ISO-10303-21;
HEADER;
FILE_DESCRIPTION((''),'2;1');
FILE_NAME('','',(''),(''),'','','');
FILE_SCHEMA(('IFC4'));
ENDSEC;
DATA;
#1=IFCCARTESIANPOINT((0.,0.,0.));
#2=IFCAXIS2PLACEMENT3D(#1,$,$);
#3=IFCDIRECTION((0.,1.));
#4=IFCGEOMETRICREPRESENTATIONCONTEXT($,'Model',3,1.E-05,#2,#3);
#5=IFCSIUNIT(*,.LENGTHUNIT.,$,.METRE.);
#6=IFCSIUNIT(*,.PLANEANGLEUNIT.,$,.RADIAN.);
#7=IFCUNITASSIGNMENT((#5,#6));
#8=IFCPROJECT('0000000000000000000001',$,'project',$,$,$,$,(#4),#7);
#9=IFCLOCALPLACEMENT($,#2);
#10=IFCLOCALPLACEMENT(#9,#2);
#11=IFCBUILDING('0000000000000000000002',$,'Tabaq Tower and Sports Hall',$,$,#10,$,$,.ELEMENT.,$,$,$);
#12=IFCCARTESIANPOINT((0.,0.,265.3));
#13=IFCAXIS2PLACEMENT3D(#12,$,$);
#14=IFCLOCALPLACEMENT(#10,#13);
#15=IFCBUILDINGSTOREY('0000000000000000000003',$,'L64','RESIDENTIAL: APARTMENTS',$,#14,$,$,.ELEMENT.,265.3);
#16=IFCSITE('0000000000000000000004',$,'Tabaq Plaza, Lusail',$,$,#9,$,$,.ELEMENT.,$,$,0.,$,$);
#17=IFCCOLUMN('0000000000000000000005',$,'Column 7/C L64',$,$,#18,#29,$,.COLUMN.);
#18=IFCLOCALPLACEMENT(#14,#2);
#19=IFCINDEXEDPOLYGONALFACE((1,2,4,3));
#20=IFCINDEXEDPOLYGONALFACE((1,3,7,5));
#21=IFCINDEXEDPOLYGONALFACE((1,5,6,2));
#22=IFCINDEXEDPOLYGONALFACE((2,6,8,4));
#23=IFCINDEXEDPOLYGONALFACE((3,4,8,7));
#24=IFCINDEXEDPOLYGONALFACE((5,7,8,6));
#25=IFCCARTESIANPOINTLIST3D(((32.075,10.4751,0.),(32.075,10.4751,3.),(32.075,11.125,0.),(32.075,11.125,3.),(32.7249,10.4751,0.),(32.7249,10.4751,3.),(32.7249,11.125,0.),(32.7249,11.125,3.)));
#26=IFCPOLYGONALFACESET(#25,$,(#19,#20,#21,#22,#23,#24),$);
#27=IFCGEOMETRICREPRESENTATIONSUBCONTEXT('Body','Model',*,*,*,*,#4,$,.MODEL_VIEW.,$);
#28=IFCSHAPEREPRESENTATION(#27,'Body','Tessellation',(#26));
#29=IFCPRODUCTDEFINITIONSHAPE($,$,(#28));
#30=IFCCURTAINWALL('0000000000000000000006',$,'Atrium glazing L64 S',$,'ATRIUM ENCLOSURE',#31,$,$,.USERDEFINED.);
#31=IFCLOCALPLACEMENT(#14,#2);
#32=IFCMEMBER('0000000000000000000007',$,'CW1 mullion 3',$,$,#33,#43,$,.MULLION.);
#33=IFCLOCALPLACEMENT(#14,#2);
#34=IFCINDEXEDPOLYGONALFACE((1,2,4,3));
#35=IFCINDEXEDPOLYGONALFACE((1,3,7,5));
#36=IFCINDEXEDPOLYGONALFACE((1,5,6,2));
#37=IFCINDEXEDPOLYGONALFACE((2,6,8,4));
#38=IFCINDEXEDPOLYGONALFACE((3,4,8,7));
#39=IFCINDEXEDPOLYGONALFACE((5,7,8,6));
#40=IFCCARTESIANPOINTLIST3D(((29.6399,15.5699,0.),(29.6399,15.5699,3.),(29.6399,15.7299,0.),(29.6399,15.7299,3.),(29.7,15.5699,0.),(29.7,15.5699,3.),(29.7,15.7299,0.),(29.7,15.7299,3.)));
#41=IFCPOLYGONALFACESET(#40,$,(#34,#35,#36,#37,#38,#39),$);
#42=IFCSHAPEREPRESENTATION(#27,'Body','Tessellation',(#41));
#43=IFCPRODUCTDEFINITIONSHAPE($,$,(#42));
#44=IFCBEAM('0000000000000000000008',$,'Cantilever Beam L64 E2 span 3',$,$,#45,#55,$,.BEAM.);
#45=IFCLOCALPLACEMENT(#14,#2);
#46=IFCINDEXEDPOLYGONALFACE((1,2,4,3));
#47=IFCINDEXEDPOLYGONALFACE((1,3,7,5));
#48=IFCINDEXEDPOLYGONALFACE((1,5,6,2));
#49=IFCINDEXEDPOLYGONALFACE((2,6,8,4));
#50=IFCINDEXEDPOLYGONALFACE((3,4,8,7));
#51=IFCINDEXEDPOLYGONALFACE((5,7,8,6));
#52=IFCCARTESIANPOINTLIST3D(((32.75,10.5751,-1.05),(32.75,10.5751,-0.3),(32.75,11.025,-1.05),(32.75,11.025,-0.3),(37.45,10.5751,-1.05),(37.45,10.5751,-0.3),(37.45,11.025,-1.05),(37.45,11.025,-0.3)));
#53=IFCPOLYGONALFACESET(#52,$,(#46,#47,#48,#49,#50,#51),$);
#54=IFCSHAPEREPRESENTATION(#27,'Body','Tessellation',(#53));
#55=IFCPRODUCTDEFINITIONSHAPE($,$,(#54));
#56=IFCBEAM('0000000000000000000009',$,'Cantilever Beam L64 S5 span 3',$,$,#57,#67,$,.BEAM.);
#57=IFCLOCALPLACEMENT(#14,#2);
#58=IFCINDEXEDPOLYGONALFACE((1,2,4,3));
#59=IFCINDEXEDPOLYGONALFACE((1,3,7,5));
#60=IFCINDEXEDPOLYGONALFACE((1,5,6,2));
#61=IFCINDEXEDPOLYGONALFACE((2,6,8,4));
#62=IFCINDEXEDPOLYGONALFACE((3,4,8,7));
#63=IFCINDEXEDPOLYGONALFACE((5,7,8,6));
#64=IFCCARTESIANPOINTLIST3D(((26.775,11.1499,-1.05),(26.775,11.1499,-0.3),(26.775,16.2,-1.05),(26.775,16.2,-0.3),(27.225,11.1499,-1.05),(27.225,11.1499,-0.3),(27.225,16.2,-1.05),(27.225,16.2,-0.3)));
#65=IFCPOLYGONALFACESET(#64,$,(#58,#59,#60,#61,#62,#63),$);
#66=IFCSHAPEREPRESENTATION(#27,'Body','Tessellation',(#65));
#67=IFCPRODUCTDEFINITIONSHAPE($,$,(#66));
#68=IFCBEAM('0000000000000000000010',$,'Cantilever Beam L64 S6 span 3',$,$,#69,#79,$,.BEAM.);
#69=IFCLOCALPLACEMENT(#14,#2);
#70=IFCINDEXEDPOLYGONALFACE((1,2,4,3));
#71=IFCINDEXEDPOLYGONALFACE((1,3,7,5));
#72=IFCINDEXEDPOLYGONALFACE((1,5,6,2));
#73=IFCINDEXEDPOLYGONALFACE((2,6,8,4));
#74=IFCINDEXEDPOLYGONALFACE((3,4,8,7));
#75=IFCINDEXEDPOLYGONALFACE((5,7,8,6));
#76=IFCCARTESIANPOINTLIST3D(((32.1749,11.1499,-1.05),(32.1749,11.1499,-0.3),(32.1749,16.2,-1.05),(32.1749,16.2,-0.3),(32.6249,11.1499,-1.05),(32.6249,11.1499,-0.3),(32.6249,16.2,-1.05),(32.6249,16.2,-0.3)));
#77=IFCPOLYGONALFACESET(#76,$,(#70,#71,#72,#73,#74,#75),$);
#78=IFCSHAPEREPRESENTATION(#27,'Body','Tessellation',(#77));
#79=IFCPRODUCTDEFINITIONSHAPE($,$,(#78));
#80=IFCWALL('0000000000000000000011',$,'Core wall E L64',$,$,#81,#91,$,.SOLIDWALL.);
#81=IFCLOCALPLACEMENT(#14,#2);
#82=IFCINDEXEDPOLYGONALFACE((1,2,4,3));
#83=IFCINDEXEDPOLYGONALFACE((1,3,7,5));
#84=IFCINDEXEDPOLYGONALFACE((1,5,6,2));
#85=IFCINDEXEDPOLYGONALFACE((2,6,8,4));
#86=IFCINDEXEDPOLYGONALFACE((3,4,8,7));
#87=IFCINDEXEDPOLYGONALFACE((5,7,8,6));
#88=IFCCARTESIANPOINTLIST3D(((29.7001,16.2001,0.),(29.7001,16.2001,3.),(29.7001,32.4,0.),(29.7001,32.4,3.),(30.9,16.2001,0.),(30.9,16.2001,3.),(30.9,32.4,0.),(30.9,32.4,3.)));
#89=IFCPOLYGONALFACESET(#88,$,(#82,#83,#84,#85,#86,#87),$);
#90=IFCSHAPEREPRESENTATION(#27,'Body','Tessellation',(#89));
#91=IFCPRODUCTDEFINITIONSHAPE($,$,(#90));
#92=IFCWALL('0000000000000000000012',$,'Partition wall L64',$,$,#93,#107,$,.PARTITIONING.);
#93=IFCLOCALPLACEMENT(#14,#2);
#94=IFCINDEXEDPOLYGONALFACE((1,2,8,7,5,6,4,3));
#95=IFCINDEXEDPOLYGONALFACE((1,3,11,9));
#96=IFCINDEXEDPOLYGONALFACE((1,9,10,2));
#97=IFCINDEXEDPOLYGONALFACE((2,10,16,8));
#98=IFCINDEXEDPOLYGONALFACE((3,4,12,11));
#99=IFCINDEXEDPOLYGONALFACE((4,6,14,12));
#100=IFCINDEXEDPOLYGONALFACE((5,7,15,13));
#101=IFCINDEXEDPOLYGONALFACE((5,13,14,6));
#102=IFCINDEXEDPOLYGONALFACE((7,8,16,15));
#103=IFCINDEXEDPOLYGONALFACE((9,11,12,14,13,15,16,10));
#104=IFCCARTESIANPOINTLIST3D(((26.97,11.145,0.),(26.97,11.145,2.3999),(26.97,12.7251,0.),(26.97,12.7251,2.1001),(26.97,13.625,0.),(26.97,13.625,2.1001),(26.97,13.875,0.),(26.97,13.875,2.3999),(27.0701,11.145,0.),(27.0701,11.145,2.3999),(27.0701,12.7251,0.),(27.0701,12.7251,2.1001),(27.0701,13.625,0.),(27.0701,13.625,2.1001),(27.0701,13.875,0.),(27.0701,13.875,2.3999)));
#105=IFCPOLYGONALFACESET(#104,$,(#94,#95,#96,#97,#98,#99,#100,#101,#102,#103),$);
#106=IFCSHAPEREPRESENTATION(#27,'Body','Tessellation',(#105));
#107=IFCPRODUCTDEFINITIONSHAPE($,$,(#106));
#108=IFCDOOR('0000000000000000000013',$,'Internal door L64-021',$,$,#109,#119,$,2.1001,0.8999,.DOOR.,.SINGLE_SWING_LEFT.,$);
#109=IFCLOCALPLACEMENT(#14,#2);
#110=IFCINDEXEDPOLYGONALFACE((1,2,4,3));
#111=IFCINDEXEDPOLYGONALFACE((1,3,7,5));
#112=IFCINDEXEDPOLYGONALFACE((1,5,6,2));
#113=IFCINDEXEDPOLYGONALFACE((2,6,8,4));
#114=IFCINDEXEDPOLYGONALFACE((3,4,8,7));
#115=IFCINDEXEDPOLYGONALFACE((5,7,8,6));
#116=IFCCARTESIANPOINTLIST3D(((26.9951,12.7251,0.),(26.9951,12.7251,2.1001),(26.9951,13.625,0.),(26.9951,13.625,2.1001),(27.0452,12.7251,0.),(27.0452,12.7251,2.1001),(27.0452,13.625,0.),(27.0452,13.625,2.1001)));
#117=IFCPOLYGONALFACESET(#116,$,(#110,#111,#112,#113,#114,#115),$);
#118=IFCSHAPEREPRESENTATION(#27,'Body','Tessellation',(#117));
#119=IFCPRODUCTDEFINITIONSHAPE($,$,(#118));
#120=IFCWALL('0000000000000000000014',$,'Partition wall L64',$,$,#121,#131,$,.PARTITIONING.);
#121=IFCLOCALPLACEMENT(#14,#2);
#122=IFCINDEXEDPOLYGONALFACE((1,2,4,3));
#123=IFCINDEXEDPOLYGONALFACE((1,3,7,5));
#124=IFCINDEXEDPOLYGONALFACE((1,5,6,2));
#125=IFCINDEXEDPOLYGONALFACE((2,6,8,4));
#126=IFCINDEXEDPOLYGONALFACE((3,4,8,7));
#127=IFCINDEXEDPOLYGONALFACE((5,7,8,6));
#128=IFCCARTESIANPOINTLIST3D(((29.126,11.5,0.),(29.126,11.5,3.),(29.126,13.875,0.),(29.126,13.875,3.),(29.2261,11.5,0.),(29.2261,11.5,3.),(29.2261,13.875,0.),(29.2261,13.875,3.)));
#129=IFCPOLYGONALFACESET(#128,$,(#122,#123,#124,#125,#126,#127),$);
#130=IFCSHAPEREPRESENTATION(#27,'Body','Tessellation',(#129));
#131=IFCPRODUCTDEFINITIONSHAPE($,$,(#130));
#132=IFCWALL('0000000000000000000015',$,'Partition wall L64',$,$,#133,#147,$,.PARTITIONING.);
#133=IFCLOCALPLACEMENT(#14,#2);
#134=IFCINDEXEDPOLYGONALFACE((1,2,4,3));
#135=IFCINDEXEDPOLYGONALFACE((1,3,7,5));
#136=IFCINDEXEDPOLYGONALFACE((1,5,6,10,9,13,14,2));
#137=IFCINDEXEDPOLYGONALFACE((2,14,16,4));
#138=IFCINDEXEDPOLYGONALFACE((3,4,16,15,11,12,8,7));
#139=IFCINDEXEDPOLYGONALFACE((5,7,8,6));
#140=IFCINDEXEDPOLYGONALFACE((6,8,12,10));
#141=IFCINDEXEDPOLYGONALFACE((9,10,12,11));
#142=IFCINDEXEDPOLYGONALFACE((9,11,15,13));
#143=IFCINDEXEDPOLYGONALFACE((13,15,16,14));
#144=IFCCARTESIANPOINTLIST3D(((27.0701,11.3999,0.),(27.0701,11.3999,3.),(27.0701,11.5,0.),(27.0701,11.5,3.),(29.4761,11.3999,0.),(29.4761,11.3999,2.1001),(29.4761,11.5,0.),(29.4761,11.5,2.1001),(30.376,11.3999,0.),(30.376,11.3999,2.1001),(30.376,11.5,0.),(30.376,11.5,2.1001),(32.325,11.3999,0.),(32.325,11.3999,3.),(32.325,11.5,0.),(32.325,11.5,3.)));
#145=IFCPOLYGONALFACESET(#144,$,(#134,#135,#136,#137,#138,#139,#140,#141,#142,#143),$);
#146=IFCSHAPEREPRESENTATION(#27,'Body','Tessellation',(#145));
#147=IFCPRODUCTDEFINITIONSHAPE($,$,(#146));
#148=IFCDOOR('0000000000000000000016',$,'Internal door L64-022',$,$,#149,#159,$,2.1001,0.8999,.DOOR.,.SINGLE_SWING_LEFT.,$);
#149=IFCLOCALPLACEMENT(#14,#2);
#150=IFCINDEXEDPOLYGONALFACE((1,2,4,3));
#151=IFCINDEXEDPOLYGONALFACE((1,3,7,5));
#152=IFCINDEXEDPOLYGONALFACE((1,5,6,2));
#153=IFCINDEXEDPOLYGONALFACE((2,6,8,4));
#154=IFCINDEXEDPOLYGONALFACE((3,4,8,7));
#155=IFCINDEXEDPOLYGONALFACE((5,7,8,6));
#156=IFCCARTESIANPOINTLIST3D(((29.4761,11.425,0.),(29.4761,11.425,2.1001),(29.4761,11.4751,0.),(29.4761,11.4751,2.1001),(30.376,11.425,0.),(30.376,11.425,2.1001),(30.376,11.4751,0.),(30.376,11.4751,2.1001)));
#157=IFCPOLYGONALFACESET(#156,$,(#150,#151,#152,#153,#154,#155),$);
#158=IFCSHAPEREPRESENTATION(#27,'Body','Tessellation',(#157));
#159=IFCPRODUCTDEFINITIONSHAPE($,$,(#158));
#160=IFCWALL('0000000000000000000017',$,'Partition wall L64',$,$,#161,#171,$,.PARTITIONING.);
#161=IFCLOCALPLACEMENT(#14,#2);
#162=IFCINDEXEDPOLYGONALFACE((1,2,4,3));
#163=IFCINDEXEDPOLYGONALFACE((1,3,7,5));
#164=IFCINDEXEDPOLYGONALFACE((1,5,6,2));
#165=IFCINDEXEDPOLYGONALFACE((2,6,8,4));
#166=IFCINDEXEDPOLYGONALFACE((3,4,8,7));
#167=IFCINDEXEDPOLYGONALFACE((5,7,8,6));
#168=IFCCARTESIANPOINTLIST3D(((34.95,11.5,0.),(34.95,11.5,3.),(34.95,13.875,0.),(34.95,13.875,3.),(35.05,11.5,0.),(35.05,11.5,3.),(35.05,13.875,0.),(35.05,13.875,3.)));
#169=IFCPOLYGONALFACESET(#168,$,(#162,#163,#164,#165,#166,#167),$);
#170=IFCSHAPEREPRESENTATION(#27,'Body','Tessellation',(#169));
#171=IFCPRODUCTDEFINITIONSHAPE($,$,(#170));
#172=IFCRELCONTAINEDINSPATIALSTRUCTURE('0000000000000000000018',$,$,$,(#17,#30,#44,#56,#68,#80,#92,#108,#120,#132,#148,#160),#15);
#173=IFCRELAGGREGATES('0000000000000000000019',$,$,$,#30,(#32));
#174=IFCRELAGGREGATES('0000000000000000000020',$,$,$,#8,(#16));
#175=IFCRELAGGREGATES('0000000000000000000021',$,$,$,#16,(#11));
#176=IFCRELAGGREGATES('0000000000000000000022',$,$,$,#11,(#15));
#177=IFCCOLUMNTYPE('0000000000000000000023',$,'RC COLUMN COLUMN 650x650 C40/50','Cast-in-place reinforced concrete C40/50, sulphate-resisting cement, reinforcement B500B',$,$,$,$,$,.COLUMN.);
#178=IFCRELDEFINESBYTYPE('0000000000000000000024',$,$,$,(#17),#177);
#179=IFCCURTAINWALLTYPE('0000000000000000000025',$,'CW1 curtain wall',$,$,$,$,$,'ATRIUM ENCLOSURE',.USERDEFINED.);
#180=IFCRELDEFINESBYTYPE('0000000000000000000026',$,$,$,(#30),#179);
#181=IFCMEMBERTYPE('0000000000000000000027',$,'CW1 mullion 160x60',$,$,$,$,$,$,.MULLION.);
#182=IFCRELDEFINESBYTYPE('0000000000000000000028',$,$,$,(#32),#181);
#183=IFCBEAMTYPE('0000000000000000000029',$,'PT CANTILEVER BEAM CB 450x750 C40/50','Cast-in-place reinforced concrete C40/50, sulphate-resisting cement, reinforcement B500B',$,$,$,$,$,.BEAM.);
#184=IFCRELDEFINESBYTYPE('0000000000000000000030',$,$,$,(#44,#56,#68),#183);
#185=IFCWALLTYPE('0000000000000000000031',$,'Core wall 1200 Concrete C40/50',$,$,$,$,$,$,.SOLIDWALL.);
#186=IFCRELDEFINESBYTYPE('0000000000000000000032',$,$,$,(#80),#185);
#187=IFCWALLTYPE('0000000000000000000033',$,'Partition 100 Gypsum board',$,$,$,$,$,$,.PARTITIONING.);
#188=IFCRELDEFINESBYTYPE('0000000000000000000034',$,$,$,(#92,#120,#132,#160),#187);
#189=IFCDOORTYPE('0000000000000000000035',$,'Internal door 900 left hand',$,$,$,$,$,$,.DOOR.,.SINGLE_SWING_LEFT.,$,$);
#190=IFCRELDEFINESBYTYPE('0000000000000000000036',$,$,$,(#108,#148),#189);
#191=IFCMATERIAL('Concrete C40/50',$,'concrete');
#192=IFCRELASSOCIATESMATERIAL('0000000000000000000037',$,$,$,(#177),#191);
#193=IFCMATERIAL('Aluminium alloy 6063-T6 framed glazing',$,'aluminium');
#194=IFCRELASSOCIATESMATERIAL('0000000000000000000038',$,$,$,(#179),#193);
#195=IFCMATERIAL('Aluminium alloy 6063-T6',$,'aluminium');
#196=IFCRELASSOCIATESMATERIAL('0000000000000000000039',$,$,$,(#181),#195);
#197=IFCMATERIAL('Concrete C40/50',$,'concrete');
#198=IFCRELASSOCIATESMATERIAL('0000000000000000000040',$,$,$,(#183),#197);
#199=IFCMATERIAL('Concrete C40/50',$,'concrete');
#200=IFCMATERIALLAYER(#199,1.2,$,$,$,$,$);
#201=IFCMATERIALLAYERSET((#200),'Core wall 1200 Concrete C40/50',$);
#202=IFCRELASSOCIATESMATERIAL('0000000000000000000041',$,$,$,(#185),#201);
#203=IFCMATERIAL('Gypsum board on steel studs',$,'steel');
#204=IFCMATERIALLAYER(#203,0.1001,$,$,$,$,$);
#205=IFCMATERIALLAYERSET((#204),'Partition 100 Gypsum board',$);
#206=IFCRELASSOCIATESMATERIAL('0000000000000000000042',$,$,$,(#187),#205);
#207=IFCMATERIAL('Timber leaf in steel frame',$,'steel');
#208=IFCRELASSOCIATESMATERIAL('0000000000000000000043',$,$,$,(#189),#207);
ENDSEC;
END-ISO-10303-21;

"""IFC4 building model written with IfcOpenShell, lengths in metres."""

from ifc_helpers import new_model, si_unit, direction, frame, frame_2d, origin, origin_2d, place, context, subcontext, project, spatial, rectangle, extrude, material, layer, layer_set, material_profile, profile_set, type_object, element, fill, aggregate, save


model = new_model("IFC4")

# Units and contexts
model_context = context("Model", 3, precision=1e-05, world=origin(), true_north=direction((0.0, 1.0)))
body_context = subcontext(model_context, "Body", "Model", "MODEL_VIEW")
ifc_project = project(units=[si_unit("LENGTHUNIT", "METRE"), si_unit("PLANEANGLEUNIT", "RADIAN")], contexts=[model_context])

# Site, building, storey
site_placement = place(None, origin())
site = spatial("IfcSite", under=ifc_project, at=site_placement, Name="Tabaq Plaza, Lusail", CompositionType="ELEMENT", RefElevation=0.0)
building_placement = place(site_placement, origin())
building = spatial("IfcBuilding", under=site, at=building_placement, Name="Tabaq Tower and Sports Hall", CompositionType="ELEMENT")
storey_placement = place(building_placement, frame((0.0, 0.0, 265.3)))
storey = spatial("IfcBuildingStorey", under=building, at=storey_placement, Name="L64", Description="RESIDENTIAL: APARTMENTS", CompositionType="ELEMENT", Elevation=265.3)

# Column
ifc_material_1 = material(Name="Concrete C40/50", Category="concrete")
ifc_material_profile_1 = material_profile(ifc_material_1, rectangle(XDim=0.6499, YDim=0.6499, at=origin_2d()), Name="COLUMN 650x650")
ifc_profile_set_1 = profile_set([ifc_material_profile_1], Name="Concrete C40/50")
column_type = type_object("IfcColumnType", Name="RC COLUMN COLUMN 650x650 C40/50", Description="Cast-in-place reinforced concrete C40/50, sulphate-resisting cement, reinforcement B500B", PredefinedType="COLUMN", material=ifc_profile_set_1)
column_placement = place(storey_placement, frame((32.3999, 10.8, 0.0), z_axis=(0.0, 0.0, 1.0), x_axis=(1.0, 0.0, 0.0)))
element("IfcColumn", 1, at=column_placement, inside=storey, type_object=column_type, Name="Column 7/C L64", PredefinedType="COLUMN", context=body_context, shape_type="SweptSolid", body=[
    extrude(rectangle(XDim=0.6499, YDim=0.6499, at=origin_2d()), origin(), (0.0, 0.0, 1.0), 3.0),
])

# Curtain wall, member
ifc_material_2 = material(Name="Aluminium alloy 6063-T6 framed glazing", Category="aluminium")
curtain_wall_type = type_object("IfcCurtainWallType", Name="CW1 curtain wall", ElementType="ATRIUM ENCLOSURE", PredefinedType="USERDEFINED", material=ifc_material_2)
curtain_wall_placement = place(storey_placement, origin())
curtain_wall = element("IfcCurtainWall", 2, at=curtain_wall_placement, inside=storey, type_object=curtain_wall_type, Name="Atrium glazing L64 S", ObjectType="ATRIUM ENCLOSURE", PredefinedType="USERDEFINED")
ifc_material_3 = material(Name="Aluminium alloy 6063-T6", Category="aluminium")
ifc_material_profile_2 = material_profile(ifc_material_3, rectangle(XDim=0.1599, YDim=0.0601, at=origin_2d()), Name="MULLION 160x60")
ifc_profile_set_2 = profile_set([ifc_material_profile_2], Name="Aluminium alloy 6063-T6")
member_type = type_object("IfcMemberType", Name="CW1 mullion 160x60", PredefinedType="MULLION", material=ifc_profile_set_2)
member_placement = place(storey_placement, frame((29.6699, 15.6499, 0.0), z_axis=(0.0, 0.0, 1.0), x_axis=(0.0, 1.0, 0.0)))
member = element("IfcMember", 3, at=member_placement, type_object=member_type, Name="CW1 mullion 3", PredefinedType="MULLION", context=body_context, shape_type="SweptSolid", body=[
    extrude(rectangle(XDim=0.1599, YDim=0.0601, at=origin_2d()), origin(), (0.0, 0.0, 1.0), 3.0),
])
aggregate(curtain_wall, [member])

# Beams
ifc_material_4 = material(Name="Concrete C40/50", Category="concrete")
ifc_material_profile_3 = material_profile(ifc_material_4, rectangle(XDim=0.45, YDim=0.75, at=origin_2d()), Name="CB 450x750")
ifc_profile_set_3 = profile_set([ifc_material_profile_3], Name="Concrete C40/50")
beam_type = type_object("IfcBeamType", Name="PT CANTILEVER BEAM CB 450x750 C40/50", Description="Cast-in-place reinforced concrete C40/50, sulphate-resisting cement, reinforcement B500B", PredefinedType="BEAM", material=ifc_profile_set_3)
beam_placement = place(storey_placement, frame((37.45, 10.8, -0.675), z_axis=(-1.0, 0.0, 0.0), x_axis=(0.0, -1.0, 0.0)))
element("IfcBeam", 4, at=beam_placement, inside=storey, type_object=beam_type, Name="Cantilever Beam L64 E2 span 3", PredefinedType="BEAM", context=body_context, shape_type="SweptSolid", body=[
    extrude(rectangle(XDim=0.45, YDim=0.75, at=origin_2d()), origin(), (0.0, 0.0, 1.0), 4.7),
])
for number, where, z_axis, x_axis, name in (
    (5, (27.0, 11.1499, -0.675), (0.0, 1.0, 0.0), (-1.0, 0.0, 0.0), "Cantilever Beam L64 S5 span 3"),
    (6, (32.3999, 11.1499, -0.675), (0.0, 1.0, 0.0), (-1.0, 0.0, 0.0), "Cantilever Beam L64 S6 span 3"),
):
    element("IfcBeam", number, at=place(storey_placement, frame(where, z_axis=z_axis, x_axis=x_axis)), inside=storey, type_object=beam_type, Name=name, PredefinedType="BEAM", context=body_context, shape_type="SweptSolid", body=[
        extrude(rectangle(XDim=0.45, YDim=0.75, at=origin_2d()), origin(), (0.0, 0.0, 1.0), 5.05),
    ])

# Wall
ifc_material_5 = material(Name="Concrete C40/50", Category="concrete")
ifc_layer_1 = layer(ifc_material_5, 1.2)
ifc_layer_set_1 = layer_set([ifc_layer_1], Name="Core wall 1200 Concrete C40/50")
wall_type_1 = type_object("IfcWallType", Name="Core wall 1200 Concrete C40/50", PredefinedType="SOLIDWALL", material=ifc_layer_set_1)
wall_1_placement = place(storey_placement, frame((30.3, 16.2, 0.0), z_axis=(0.0, 0.0, 1.0), x_axis=(0.0, 1.0, 0.0)))
element("IfcWall", 7, at=wall_1_placement, inside=storey, type_object=wall_type_1, Name="Core wall E L64", PredefinedType="SOLIDWALL", context=body_context, shape_type="SweptSolid", body=[
    extrude(rectangle(XDim=16.2, YDim=1.2, at=frame_2d((8.1001, 0.0))), origin(), (0.0, 0.0, 1.0), 3.0),
])

# Wall, opening, door
ifc_material_6 = material(Name="Gypsum board on steel studs", Category="steel")
ifc_layer_2 = layer(ifc_material_6, 0.1001)
ifc_layer_set_2 = layer_set([ifc_layer_2], Name="Partition 100 Gypsum board")
wall_type_2 = type_object("IfcWallType", Name="Partition 100 Gypsum board", PredefinedType="PARTITIONING", material=ifc_layer_set_2)
wall_2_placement = place(storey_placement, frame((27.02, 11.145, 0.0), z_axis=(0.0, 0.0, 1.0), x_axis=(0.0, 1.0, 0.0)))
wall_2 = element("IfcWall", 8, at=wall_2_placement, inside=storey, type_object=wall_type_2, Name="Partition wall L64", PredefinedType="PARTITIONING", context=body_context, shape_type="SweptSolid", body=[
    extrude(rectangle(XDim=2.73, YDim=0.1001, at=frame_2d((1.365, 0.0))), origin(), (0.0, 0.0, 1.0), 2.3999),
])
opening_1_placement = place(wall_2_placement, frame((1.5801, 0.0, 0.0)))
opening_1 = element("IfcOpeningElement", 9, at=opening_1_placement, cuts=wall_2, PredefinedType="OPENING", context=body_context, shape_type="SweptSolid", body=[
    extrude(rectangle(XDim=0.8999, YDim=2.1001, at=frame_2d((0.45, 1.05))), frame((0.0, 0.05, 0.0), z_axis=(0.0, -1.0, 0.0), x_axis=(1.0, 0.0, 0.0)), (0.0, 0.0, 1.0), 0.1001),
])
ifc_material_7 = material(Name="Timber leaf in steel frame", Category="steel")
door_type_1 = type_object("IfcDoorType", Name="Internal door 900 left hand", OperationType="SINGLE_SWING_LEFT", PredefinedType="DOOR", material=ifc_material_7)
door_1_placement = place(opening_1_placement, origin())
door_1 = element("IfcDoor", 10, at=door_1_placement, inside=storey, type_object=door_type_1, Name="Internal door L64-021", OperationType="SINGLE_SWING_LEFT", OverallHeight=2.1001, OverallWidth=0.8999, PredefinedType="DOOR", context=body_context, shape_type="SweptSolid", body=[
    extrude(rectangle(XDim=0.8999, YDim=2.1001, at=frame_2d((0.45, 1.05))), frame((0.0, 0.0249, 0.0), z_axis=(0.0, -1.0, 0.0), x_axis=(1.0, 0.0, 0.0)), (0.0, 0.0, 1.0), 0.05),
])
fill(opening_1, door_1)

# Wall
wall_3_placement = place(storey_placement, frame((29.176, 11.5, 0.0), z_axis=(0.0, 0.0, 1.0), x_axis=(0.0, 1.0, 0.0)))
element("IfcWall", 11, at=wall_3_placement, inside=storey, type_object=wall_type_2, Name="Partition wall L64", PredefinedType="PARTITIONING", context=body_context, shape_type="SweptSolid", body=[
    extrude(rectangle(XDim=2.375, YDim=0.1001, at=frame_2d((1.1875, 0.0))), origin(), (0.0, 0.0, 1.0), 3.0),
])

# Wall, opening, door
wall_4_placement = place(storey_placement, frame((32.325, 11.45, 0.0), z_axis=(0.0, 0.0, 1.0), x_axis=(-1.0, 0.0, 0.0)))
wall_4 = element("IfcWall", 12, at=wall_4_placement, inside=storey, type_object=wall_type_2, Name="Partition wall L64", PredefinedType="PARTITIONING", context=body_context, shape_type="SweptSolid", body=[
    extrude(rectangle(XDim=5.2549, YDim=0.1001, at=frame_2d((2.6274, 0.0))), origin(), (0.0, 0.0, 1.0), 3.0),
])
opening_2_placement = place(wall_4_placement, frame((1.949, 0.0, 0.0)))
opening_2 = element("IfcOpeningElement", 13, at=opening_2_placement, cuts=wall_4, PredefinedType="OPENING", context=body_context, shape_type="SweptSolid", body=[
    extrude(rectangle(XDim=0.8999, YDim=2.1001, at=frame_2d((0.45, 1.05))), frame((0.0, 0.05, 0.0), z_axis=(0.0, -1.0, 0.0), x_axis=(1.0, 0.0, 0.0)), (0.0, 0.0, 1.0), 0.1001),
])
door_2_placement = place(opening_2_placement, origin())
door_2 = element("IfcDoor", 14, at=door_2_placement, inside=storey, type_object=door_type_1, Name="Internal door L64-022", OperationType="SINGLE_SWING_LEFT", OverallHeight=2.1001, OverallWidth=0.8999, PredefinedType="DOOR", context=body_context, shape_type="SweptSolid", body=[
    extrude(rectangle(XDim=0.8999, YDim=2.1001, at=frame_2d((0.45, 1.05))), frame((0.0, 0.0249, 0.0), z_axis=(0.0, -1.0, 0.0), x_axis=(1.0, 0.0, 0.0)), (0.0, 0.0, 1.0), 0.05),
])
fill(opening_2, door_2)

# Wall
wall_5_placement = place(storey_placement, frame((35.0, 11.5, 0.0), z_axis=(0.0, 0.0, 1.0), x_axis=(0.0, 1.0, 0.0)))
element("IfcWall", 15, at=wall_5_placement, inside=storey, type_object=wall_type_2, Name="Partition wall L64", PredefinedType="PARTITIONING", context=body_context, shape_type="SweptSolid", body=[
    extrude(rectangle(XDim=2.375, YDim=0.1001, at=frame_2d((1.1875, 0.0))), origin(), (0.0, 0.0, 1.0), 3.0),
])

save(model, "model.ifc")
